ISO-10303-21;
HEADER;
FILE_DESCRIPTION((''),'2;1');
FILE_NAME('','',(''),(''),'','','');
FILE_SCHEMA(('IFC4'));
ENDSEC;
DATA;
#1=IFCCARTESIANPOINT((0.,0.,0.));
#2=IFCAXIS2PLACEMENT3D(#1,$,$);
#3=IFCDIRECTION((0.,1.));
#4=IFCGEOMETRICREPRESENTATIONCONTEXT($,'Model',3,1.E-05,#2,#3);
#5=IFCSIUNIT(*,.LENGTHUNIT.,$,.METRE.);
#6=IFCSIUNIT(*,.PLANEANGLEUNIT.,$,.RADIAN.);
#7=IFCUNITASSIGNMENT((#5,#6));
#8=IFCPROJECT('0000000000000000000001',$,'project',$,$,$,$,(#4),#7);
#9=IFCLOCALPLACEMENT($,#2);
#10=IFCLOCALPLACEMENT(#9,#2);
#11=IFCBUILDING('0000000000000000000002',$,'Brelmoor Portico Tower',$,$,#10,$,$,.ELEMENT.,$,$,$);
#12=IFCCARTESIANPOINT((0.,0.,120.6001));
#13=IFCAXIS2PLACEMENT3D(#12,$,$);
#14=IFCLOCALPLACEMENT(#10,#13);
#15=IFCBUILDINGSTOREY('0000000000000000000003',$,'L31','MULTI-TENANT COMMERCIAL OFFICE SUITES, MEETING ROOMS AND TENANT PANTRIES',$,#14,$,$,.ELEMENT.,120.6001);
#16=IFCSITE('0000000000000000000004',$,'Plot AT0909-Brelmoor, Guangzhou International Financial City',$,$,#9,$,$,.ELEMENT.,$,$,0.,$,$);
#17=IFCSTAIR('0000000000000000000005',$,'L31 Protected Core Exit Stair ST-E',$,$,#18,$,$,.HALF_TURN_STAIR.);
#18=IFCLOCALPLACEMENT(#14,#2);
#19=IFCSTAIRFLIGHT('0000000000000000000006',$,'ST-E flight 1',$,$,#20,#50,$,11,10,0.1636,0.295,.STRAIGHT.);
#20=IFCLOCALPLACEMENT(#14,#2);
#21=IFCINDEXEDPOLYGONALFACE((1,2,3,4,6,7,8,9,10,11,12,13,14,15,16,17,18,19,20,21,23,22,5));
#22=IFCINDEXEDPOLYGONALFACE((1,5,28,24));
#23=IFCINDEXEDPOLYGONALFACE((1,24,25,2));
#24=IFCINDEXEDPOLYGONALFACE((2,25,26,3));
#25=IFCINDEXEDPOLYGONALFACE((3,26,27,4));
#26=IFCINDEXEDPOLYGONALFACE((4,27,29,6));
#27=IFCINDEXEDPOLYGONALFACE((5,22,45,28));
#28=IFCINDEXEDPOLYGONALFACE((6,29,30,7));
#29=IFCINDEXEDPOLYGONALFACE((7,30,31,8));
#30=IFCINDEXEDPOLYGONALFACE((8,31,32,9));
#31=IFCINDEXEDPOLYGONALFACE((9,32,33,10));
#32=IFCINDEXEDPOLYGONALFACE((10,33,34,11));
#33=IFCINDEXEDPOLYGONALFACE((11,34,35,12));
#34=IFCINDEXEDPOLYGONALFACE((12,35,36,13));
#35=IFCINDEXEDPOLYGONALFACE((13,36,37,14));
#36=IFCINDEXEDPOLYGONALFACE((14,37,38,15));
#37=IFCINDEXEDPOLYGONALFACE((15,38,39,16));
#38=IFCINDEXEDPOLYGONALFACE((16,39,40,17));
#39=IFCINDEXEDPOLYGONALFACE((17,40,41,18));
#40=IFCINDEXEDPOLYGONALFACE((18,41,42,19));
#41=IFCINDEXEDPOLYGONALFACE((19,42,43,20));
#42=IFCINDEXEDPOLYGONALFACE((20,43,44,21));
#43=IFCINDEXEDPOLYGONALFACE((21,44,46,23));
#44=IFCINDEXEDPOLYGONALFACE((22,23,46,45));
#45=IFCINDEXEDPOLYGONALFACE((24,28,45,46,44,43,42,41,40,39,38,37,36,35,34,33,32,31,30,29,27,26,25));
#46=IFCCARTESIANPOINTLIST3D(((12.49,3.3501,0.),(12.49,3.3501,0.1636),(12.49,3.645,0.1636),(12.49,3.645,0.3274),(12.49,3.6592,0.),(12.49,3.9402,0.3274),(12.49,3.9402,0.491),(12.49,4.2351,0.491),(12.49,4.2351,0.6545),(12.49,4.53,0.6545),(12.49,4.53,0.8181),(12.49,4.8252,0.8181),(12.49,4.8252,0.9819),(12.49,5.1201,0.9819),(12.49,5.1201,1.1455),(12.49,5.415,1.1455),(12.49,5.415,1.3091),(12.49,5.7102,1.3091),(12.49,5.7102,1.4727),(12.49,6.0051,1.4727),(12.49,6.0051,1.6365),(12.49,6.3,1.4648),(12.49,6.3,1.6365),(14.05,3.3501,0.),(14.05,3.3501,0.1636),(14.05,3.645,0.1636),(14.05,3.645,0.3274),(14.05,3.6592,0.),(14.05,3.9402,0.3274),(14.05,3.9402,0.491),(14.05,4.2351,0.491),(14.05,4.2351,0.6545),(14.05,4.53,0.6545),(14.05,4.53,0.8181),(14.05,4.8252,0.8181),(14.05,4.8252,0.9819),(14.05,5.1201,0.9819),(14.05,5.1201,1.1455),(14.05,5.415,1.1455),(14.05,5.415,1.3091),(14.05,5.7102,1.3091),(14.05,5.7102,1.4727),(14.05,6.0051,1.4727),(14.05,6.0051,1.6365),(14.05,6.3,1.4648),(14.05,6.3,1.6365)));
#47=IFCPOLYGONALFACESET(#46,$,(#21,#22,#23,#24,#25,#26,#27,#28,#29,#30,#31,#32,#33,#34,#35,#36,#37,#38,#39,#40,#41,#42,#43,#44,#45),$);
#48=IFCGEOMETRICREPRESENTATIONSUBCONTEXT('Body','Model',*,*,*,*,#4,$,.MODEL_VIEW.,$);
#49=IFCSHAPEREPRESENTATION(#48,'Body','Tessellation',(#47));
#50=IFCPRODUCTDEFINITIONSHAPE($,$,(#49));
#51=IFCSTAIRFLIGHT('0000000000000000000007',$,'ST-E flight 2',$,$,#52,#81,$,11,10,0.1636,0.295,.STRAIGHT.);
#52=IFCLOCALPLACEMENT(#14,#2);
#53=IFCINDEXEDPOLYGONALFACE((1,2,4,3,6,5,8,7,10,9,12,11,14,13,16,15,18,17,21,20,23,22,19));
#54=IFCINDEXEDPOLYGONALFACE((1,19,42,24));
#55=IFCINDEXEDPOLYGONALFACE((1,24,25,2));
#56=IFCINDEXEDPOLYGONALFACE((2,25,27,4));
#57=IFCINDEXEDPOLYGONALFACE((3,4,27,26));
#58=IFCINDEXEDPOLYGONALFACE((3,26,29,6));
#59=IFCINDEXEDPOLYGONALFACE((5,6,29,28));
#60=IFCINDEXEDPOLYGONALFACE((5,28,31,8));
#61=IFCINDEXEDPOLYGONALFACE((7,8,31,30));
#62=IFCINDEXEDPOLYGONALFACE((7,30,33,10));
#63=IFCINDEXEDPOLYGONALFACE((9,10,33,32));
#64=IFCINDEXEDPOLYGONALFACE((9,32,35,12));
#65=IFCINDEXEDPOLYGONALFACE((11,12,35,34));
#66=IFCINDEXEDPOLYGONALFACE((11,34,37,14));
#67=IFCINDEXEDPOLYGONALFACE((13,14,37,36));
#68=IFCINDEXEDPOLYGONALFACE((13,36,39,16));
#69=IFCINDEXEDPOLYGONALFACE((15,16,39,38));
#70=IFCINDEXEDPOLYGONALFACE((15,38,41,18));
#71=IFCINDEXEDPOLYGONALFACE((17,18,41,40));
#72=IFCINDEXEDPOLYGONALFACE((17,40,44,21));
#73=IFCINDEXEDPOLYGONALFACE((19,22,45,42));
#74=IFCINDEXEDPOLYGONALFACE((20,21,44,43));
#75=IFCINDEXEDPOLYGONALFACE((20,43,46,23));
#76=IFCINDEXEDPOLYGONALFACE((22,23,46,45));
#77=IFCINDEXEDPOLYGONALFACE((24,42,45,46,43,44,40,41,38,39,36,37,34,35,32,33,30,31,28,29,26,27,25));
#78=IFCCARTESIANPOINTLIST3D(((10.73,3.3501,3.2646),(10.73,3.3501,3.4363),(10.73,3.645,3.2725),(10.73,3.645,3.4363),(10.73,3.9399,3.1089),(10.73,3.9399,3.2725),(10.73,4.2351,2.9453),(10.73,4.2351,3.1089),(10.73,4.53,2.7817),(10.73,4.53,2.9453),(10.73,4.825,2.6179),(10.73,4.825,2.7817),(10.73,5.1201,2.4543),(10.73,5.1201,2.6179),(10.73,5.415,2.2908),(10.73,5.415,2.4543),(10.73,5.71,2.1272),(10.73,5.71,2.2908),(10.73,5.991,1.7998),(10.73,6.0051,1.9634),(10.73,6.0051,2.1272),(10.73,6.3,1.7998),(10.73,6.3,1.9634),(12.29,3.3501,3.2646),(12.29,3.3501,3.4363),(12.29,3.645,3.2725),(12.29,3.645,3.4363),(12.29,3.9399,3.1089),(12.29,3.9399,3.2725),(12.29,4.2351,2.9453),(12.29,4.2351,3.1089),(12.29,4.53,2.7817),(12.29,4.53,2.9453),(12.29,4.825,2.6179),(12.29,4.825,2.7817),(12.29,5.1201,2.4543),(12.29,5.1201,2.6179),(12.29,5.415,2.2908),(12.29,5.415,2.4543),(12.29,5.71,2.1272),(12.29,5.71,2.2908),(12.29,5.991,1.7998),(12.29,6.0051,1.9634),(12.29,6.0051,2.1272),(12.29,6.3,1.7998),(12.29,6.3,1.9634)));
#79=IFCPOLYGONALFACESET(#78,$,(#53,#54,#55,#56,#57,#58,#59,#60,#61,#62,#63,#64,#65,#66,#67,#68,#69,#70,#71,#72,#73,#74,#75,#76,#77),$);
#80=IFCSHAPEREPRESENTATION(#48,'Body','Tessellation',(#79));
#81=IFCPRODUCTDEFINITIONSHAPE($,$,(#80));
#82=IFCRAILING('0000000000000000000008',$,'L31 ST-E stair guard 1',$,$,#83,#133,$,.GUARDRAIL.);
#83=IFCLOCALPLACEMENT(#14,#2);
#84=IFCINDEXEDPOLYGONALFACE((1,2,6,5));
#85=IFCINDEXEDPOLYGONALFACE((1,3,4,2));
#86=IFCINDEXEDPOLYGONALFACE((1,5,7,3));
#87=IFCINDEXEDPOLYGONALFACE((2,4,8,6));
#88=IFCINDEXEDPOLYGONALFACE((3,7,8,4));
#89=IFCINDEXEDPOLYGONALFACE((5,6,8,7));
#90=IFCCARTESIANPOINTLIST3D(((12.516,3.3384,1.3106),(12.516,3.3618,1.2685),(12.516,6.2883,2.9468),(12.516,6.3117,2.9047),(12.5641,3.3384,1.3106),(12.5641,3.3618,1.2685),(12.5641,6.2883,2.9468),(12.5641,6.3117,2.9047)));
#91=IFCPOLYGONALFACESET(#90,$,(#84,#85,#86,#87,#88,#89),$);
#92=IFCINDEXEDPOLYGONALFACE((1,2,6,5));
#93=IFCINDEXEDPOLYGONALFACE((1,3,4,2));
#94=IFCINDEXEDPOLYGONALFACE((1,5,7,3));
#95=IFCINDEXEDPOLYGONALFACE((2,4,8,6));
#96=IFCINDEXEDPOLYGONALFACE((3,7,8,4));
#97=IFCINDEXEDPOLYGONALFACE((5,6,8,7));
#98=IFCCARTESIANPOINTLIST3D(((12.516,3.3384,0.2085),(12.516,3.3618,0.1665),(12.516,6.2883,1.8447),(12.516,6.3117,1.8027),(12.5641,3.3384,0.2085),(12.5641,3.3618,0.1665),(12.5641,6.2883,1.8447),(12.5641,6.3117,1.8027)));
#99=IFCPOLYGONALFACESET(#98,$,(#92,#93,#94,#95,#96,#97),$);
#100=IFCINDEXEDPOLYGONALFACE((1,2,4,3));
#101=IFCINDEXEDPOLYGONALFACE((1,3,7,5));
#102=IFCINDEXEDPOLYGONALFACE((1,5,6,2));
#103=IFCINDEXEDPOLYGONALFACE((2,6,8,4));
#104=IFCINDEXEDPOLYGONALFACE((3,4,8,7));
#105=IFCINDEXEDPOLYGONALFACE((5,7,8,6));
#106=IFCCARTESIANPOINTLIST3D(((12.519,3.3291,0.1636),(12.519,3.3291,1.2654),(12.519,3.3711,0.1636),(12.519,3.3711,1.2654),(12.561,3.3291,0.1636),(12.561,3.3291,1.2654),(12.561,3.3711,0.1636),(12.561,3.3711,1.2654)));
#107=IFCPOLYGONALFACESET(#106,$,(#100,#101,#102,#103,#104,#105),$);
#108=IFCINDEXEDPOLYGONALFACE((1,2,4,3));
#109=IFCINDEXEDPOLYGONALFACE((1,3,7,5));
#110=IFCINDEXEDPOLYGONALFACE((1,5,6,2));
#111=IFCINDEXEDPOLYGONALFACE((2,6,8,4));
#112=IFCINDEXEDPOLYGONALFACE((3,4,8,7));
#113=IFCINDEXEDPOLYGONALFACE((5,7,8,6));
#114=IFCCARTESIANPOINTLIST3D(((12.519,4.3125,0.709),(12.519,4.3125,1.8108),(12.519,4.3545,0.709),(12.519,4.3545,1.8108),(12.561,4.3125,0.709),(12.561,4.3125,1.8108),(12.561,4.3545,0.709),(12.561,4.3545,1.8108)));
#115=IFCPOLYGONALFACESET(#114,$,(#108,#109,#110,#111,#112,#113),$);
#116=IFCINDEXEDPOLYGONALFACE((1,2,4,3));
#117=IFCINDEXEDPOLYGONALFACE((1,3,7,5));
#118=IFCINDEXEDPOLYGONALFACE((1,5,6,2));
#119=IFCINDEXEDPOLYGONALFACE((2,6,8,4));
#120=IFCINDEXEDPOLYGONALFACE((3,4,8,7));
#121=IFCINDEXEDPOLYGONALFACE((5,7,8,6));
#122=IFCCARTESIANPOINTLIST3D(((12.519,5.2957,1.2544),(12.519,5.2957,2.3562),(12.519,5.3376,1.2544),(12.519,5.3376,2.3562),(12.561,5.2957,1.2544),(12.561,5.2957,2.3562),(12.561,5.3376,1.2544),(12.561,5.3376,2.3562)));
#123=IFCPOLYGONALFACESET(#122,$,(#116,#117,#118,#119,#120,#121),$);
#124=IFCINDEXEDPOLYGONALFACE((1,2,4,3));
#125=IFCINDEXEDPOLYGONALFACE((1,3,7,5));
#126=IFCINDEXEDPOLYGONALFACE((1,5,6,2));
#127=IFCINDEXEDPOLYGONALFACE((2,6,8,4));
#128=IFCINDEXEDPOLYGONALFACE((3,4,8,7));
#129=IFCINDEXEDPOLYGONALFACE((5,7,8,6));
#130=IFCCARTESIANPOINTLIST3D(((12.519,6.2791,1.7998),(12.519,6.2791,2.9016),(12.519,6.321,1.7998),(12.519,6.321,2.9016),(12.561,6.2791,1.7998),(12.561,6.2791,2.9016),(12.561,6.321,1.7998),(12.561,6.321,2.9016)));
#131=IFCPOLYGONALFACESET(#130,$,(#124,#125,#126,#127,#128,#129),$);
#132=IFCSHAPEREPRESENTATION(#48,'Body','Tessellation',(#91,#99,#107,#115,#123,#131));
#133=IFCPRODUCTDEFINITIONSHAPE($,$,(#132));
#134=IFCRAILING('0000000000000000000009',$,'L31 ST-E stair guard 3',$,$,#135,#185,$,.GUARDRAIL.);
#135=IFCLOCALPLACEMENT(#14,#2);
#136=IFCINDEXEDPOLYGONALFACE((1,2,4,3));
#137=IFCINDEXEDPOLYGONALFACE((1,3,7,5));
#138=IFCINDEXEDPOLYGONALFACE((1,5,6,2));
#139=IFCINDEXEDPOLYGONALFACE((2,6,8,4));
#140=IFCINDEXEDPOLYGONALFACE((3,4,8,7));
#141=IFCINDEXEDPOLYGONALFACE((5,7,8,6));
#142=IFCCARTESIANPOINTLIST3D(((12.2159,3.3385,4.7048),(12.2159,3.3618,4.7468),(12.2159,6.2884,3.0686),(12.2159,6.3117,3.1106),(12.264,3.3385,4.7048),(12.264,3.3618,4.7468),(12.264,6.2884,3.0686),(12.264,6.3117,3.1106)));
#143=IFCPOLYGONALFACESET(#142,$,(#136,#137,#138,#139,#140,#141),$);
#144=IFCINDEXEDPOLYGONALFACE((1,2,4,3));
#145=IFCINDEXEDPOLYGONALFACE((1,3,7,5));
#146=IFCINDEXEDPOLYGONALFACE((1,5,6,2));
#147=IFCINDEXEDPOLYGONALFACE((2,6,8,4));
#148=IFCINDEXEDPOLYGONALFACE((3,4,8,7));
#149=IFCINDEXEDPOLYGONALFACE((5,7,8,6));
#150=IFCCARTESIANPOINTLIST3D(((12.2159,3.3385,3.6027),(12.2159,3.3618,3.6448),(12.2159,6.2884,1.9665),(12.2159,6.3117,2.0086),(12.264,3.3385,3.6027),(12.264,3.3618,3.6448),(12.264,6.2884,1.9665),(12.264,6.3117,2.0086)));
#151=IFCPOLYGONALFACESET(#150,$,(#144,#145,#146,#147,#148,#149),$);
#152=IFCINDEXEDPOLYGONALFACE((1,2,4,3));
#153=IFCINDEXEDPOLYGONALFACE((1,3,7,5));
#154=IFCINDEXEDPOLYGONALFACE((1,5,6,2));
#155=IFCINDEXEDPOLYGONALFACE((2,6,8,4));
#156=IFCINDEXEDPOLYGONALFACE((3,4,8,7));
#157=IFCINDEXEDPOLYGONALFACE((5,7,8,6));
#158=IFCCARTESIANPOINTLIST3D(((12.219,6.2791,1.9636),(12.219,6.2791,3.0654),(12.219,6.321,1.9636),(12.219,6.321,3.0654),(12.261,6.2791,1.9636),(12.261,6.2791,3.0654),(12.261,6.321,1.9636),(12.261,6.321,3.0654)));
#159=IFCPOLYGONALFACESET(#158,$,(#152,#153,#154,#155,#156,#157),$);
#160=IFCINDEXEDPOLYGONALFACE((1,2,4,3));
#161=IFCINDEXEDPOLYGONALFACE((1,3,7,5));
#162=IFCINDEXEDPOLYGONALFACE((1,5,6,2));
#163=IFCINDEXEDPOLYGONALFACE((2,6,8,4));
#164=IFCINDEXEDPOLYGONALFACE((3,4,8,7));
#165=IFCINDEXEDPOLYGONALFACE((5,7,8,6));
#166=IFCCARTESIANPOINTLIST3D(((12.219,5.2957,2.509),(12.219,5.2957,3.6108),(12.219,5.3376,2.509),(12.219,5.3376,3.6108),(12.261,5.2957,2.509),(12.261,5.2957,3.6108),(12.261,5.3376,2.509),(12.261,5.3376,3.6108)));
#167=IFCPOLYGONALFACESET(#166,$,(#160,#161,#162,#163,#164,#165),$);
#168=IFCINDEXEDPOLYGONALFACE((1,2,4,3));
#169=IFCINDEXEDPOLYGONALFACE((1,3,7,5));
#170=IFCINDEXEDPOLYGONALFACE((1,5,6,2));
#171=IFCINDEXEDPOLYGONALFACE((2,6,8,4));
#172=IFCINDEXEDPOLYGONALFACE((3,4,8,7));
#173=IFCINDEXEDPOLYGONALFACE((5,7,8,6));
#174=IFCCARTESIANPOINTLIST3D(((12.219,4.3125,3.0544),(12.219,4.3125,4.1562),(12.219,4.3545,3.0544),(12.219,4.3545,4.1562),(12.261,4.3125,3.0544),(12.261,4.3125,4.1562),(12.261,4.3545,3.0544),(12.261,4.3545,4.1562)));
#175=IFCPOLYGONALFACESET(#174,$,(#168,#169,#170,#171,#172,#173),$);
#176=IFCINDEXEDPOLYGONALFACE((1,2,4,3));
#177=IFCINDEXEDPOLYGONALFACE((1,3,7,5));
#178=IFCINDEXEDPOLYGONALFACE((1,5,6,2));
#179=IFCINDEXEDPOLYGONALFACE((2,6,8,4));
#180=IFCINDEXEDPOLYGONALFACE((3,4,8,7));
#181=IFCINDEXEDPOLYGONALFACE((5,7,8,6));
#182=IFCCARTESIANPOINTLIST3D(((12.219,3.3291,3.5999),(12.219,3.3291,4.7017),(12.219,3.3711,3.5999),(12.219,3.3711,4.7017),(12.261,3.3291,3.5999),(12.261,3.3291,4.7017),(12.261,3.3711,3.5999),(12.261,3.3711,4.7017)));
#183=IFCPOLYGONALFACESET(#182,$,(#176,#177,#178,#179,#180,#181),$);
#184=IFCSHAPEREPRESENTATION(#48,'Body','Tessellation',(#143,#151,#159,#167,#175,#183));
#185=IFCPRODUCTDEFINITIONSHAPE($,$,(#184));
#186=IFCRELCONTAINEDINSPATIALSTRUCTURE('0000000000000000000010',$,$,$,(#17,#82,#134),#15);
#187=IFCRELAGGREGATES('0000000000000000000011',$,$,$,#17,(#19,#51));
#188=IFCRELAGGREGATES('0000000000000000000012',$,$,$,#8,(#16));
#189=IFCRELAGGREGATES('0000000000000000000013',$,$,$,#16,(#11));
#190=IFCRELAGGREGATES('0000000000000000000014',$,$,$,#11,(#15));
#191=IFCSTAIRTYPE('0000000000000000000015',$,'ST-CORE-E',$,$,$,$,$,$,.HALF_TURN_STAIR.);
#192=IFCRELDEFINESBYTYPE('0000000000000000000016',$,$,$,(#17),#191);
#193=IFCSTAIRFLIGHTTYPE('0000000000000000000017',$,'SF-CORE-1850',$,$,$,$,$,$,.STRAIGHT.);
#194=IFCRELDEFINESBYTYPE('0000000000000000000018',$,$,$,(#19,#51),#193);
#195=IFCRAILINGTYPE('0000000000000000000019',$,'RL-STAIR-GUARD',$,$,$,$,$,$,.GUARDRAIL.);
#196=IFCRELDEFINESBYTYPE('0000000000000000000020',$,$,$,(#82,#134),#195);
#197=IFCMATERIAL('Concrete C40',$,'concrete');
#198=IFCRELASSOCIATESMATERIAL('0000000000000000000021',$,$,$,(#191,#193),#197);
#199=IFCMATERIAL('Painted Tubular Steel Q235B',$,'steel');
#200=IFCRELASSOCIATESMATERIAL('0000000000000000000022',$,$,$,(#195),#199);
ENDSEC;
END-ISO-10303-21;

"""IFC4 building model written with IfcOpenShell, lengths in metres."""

from ifc_helpers import new_model, si_unit, direction, frame, origin, origin_2d, place, context, subcontext, project, spatial, polyline, rectangle, outline, extrude, material, type_object, element, aggregate, save


model = new_model("IFC4")

# Units and contexts
model_context = context("Model", 3, precision=1e-05, world=origin(), true_north=direction((0.0, 1.0)))
body_context = subcontext(model_context, "Body", "Model", "MODEL_VIEW")
ifc_project = project(units=[si_unit("LENGTHUNIT", "METRE"), si_unit("PLANEANGLEUNIT", "RADIAN")], contexts=[model_context])

# Site, building, storey
site_placement = place(None, origin())
site = spatial("IfcSite", under=ifc_project, at=site_placement, Name="Plot AT0909-Brelmoor, Guangzhou International Financial City", CompositionType="ELEMENT", RefElevation=0.0)
building_placement = place(site_placement, origin())
building = spatial("IfcBuilding", under=site, at=building_placement, Name="Brelmoor Portico Tower", CompositionType="ELEMENT")
storey_placement = place(building_placement, frame((0.0, 0.0, 120.6001)))
storey = spatial("IfcBuildingStorey", under=building, at=storey_placement, Name="L31", Description="MULTI-TENANT COMMERCIAL OFFICE SUITES, MEETING ROOMS AND TENANT PANTRIES", CompositionType="ELEMENT", Elevation=120.6001)

# Shared definitions
ifc_material_1 = material(Name="Concrete C40", Category="concrete")

# Stair, stair flights
stair_type = type_object("IfcStairType", Name="ST-CORE-E", PredefinedType="HALF_TURN_STAIR", material=ifc_material_1)
stair_placement = place(storey_placement, origin())
stair = element("IfcStair", 1, at=stair_placement, inside=storey, type_object=stair_type, Name="L31 Protected Core Exit Stair ST-E", PredefinedType="HALF_TURN_STAIR")
stair_flight_type = type_object("IfcStairFlightType", Name="SF-CORE-1850", PredefinedType="STRAIGHT", material=ifc_material_1)
stair_flight_1_placement = place(storey_placement, frame((13.27, 3.3501, 0.0), z_axis=(0.0, 0.0, 1.0), x_axis=(0.0, 1.0, 0.0)))
stair_flight_1 = element("IfcStairFlight", 2, at=stair_flight_1_placement, type_object=stair_flight_type, Name="ST-E flight 1", NumberOfRisers=11, NumberOfTreads=10, PredefinedType="STRAIGHT", RiserHeight=0.1636, TreadLength=0.295, context=body_context, shape_type="SweptSolid", body=[
    extrude(outline(polyline([(0.0, 0.0), (0.0, 0.1636), (0.2949, 0.1636), (0.2949, 0.3274), (0.5901, 0.3274), (0.5901, 0.491), (0.885, 0.491), (0.885, 0.6545), (1.1799, 0.6545), (1.1799, 0.8181), (1.4751, 0.8181), (1.4751, 0.9819), (1.77, 0.9819), (1.77, 1.1455), (2.0649, 1.1455), (2.0649, 1.3091), (2.3601, 1.3091), (2.3601, 1.4727), (2.655, 1.4727), (2.655, 1.6365), (2.95, 1.6365), (2.95, 1.8), (2.95, 1.4648), (0.3091, 0.0), (0.0, 0.0)])), frame((0.0, 0.78, 0.0), z_axis=(0.0, -1.0, 0.0), x_axis=(1.0, 0.0, 0.0)), (0.0, 0.0, 1.0), 1.5601),
])
stair_flight_2_placement = place(storey_placement, frame((11.51, 6.3, 1.7998), z_axis=(0.0, 0.0, 1.0), x_axis=(0.0, -1.0, 0.0)))
stair_flight_2 = element("IfcStairFlight", 3, at=stair_flight_2_placement, type_object=stair_flight_type, Name="ST-E flight 2", NumberOfRisers=11, NumberOfTreads=10, PredefinedType="STRAIGHT", RiserHeight=0.1636, TreadLength=0.295, context=body_context, shape_type="SweptSolid", body=[
    extrude(outline(polyline([(0.0, 0.0), (0.0, 0.1636), (0.2949, 0.1636), (0.2949, 0.3274), (0.5901, 0.3274), (0.5901, 0.491), (0.885, 0.491), (0.885, 0.6545), (1.1799, 0.6545), (1.1799, 0.8181), (1.4751, 0.8181), (1.4751, 0.9819), (1.77, 0.9819), (1.77, 1.1455), (2.0649, 1.1455), (2.0649, 1.3091), (2.3601, 1.3091), (2.3601, 1.4727), (2.655, 1.4727), (2.655, 1.6365), (2.95, 1.6365), (2.95, 1.8), (2.95, 1.4648), (0.3091, 0.0), (0.0, 0.0)])), frame((0.0, 0.78, 0.0), z_axis=(0.0, -1.0, 0.0), x_axis=(1.0, 0.0, 0.0)), (0.0, 0.0, 1.0), 1.5601),
])
aggregate(stair, [stair_flight_1, stair_flight_2])

# Railings
ifc_material_2 = material(Name="Painted Tubular Steel Q235B", Category="steel")
railing_type_1 = type_object("IfcRailingType", Name="RL-STAIR-GUARD", PredefinedType="GUARDRAIL", material=ifc_material_2)
railing_1_placement = place(storey_placement, frame((12.54, 3.3501, 0.1636)))
element("IfcRailing", 4, at=railing_1_placement, inside=storey, type_object=railing_type_1, Name="L31 ST-E stair guard 1", PredefinedType="GUARDRAIL", context=body_context, shape_type="SweptSolid", body=[
    extrude(rectangle(XDim=0.0481, YDim=0.0481, at=origin_2d()), frame((0.0, 0.0, 1.126), z_axis=(0.0, 0.874488, 0.485047), x_axis=(-1.0, 0.0, 0.0)), (0.0, 0.0, 1.0), 3.3733),
    extrude(rectangle(XDim=0.0481, YDim=0.0481, at=origin_2d()), frame((0.0, 0.0, 0.0239), z_axis=(0.0, 0.874488, 0.485047), x_axis=(-1.0, 0.0, 0.0)), (0.0, 0.0, 1.0), 3.3733),
    extrude(rectangle(XDim=0.042, YDim=0.042, at=origin_2d()), origin(), (0.0, 0.0, 1.0), 1.1018),
    extrude(rectangle(XDim=0.042, YDim=0.042, at=origin_2d()), frame((0.0, 0.9834, 0.5454)), (0.0, 0.0, 1.0), 1.1018),
    extrude(rectangle(XDim=0.042, YDim=0.042, at=origin_2d()), frame((0.0, 1.9666, 1.0908)), (0.0, 0.0, 1.0), 1.1018),
    extrude(rectangle(XDim=0.042, YDim=0.042, at=origin_2d()), frame((0.0, 2.95, 1.6362)), (0.0, 0.0, 1.0), 1.1018),
])
railing_2_placement = place(storey_placement, frame((12.24, 6.3, 1.9636)))
element("IfcRailing", 5, at=railing_2_placement, inside=storey, type_object=railing_type_1, Name="L31 ST-E stair guard 3", PredefinedType="GUARDRAIL", context=body_context, shape_type="SweptSolid", body=[
    extrude(rectangle(XDim=0.0481, YDim=0.0481, at=origin_2d()), frame((0.0, 0.0, 1.126), z_axis=(0.0, -0.874488, 0.485047), x_axis=(1.0, 0.0, 0.0)), (0.0, 0.0, 1.0), 3.3733),
    extrude(rectangle(XDim=0.0481, YDim=0.0481, at=origin_2d()), frame((0.0, 0.0, 0.0239), z_axis=(0.0, -0.874488, 0.485047), x_axis=(1.0, 0.0, 0.0)), (0.0, 0.0, 1.0), 3.3733),
    extrude(rectangle(XDim=0.042, YDim=0.042, at=origin_2d()), origin(), (0.0, 0.0, 1.0), 1.1018),
    extrude(rectangle(XDim=0.042, YDim=0.042, at=origin_2d()), frame((0.0, -0.9834, 0.5454)), (0.0, 0.0, 1.0), 1.1018),
    extrude(rectangle(XDim=0.042, YDim=0.042, at=origin_2d()), frame((0.0, -1.9666, 1.0908)), (0.0, 0.0, 1.0), 1.1018),
    extrude(rectangle(XDim=0.042, YDim=0.042, at=origin_2d()), frame((0.0, -2.95, 1.6362)), (0.0, 0.0, 1.0), 1.1018),
])

save(model, "model.ifc")
